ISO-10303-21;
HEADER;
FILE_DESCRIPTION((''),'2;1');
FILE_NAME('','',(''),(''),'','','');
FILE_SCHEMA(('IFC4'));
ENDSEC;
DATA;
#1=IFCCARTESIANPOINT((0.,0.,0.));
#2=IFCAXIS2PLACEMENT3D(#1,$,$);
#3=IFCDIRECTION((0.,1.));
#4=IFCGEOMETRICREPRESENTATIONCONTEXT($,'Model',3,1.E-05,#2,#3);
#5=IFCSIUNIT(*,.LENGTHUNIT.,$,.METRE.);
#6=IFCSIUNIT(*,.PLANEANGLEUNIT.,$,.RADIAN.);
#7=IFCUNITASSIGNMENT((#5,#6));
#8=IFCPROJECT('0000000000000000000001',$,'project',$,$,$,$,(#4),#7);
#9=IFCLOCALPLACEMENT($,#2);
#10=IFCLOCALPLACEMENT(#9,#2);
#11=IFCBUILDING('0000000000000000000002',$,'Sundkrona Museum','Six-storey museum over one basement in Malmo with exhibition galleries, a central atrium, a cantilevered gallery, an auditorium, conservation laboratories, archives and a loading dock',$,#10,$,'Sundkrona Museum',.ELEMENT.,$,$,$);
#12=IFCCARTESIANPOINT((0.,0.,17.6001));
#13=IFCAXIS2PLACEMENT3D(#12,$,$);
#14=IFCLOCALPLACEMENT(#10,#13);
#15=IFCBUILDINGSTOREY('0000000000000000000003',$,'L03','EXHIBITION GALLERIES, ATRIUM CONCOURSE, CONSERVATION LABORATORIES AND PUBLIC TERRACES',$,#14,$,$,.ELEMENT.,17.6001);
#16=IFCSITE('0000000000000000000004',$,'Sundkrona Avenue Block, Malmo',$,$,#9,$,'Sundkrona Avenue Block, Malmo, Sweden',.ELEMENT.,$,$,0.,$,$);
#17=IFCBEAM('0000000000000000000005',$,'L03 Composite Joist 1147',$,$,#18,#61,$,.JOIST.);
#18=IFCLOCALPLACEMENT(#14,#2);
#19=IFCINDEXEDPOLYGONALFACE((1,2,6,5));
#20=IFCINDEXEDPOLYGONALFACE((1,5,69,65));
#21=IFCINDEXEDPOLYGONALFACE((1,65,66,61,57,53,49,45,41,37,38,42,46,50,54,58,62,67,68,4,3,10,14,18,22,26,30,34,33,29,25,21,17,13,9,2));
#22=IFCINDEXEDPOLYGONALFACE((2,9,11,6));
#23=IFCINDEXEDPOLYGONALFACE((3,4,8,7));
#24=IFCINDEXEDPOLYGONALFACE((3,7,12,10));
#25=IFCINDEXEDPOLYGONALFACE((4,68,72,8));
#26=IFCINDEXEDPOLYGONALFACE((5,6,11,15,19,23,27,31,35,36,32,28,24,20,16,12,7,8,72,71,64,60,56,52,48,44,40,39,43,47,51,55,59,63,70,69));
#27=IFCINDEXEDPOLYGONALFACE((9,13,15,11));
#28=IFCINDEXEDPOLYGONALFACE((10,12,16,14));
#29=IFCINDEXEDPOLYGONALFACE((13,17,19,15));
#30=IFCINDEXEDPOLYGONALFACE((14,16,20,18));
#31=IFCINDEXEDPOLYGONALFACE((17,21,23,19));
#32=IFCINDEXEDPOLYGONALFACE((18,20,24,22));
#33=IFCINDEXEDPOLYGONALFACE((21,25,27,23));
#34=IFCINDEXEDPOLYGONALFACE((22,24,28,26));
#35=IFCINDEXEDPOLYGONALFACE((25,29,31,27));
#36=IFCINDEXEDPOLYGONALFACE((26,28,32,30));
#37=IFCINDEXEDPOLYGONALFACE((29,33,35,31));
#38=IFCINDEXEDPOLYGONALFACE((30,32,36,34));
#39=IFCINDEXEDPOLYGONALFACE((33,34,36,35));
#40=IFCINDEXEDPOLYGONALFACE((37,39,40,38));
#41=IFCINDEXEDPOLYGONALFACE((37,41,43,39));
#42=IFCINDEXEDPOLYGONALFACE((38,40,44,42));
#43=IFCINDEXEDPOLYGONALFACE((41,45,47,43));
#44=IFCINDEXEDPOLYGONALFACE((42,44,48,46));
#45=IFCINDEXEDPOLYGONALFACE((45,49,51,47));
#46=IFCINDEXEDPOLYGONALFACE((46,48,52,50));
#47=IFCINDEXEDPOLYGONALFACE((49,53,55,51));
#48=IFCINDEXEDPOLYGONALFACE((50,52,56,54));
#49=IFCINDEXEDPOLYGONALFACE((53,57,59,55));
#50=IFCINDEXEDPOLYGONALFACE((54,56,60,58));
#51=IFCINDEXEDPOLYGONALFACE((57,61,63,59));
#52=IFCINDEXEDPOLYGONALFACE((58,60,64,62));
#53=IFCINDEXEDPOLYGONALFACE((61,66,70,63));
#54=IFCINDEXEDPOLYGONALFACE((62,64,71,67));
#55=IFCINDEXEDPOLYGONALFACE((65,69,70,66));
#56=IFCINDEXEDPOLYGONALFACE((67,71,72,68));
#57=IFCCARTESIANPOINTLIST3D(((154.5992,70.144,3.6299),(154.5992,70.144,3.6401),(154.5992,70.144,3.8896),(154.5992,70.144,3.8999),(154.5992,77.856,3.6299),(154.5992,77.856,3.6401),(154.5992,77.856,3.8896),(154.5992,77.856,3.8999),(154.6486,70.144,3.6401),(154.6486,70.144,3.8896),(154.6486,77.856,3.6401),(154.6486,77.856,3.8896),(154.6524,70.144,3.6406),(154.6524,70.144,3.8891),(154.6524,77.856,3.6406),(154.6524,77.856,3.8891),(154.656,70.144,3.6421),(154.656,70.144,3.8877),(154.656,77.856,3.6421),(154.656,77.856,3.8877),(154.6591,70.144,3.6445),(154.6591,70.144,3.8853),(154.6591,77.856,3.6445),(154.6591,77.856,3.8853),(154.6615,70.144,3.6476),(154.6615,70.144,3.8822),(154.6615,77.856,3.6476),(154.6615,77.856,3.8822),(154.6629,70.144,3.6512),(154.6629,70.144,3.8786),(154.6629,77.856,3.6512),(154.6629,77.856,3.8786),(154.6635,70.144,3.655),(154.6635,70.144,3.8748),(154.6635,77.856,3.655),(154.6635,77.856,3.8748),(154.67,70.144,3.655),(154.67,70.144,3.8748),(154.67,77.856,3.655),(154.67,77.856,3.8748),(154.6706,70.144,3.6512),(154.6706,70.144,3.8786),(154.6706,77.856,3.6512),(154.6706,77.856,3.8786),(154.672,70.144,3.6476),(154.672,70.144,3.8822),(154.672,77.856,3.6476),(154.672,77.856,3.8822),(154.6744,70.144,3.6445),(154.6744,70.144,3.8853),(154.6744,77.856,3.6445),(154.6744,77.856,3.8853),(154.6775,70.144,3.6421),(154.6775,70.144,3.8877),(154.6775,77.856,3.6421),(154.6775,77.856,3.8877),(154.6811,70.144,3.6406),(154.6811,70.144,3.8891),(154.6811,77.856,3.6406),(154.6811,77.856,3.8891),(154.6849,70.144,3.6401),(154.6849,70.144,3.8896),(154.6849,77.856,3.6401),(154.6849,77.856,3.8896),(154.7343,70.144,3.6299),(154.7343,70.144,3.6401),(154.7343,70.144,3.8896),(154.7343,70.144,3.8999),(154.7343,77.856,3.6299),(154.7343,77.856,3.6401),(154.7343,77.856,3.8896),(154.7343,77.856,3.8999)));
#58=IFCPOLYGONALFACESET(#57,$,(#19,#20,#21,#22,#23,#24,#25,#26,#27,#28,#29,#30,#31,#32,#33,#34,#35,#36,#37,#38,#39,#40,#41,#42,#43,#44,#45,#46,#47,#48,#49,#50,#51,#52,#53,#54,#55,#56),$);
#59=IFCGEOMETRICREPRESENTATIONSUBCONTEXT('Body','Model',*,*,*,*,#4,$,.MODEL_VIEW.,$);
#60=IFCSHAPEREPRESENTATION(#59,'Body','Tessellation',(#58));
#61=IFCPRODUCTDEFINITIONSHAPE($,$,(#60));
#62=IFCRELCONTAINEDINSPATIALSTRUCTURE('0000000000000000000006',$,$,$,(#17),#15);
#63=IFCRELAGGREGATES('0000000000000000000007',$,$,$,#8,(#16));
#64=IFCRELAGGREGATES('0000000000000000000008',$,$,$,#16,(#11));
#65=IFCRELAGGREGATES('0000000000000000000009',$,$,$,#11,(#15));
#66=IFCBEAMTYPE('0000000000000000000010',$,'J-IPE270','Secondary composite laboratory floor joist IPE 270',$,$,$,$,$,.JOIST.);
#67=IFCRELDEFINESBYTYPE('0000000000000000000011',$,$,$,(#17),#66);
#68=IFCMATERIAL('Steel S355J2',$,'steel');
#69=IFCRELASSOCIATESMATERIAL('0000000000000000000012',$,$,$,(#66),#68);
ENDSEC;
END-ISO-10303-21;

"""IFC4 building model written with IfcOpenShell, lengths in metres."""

from ifc_helpers import new_model, si_unit, direction, frame, origin, origin_2d, place, context, subcontext, project, spatial, i_section, extrude, material, material_profile, profile_set, type_object, element, save


model = new_model("IFC4")

# Units and contexts
model_context = context("Model", 3, precision=1e-05, world=origin(), true_north=direction((0.0, 1.0)))
body_context = subcontext(model_context, "Body", "Model", "MODEL_VIEW")
ifc_project = project(units=[si_unit("LENGTHUNIT", "METRE"), si_unit("PLANEANGLEUNIT", "RADIAN")], contexts=[model_context])

# Site, building, storey
site_placement = place(None, origin())
site = spatial("IfcSite", under=ifc_project, at=site_placement, Name="Sundkrona Avenue Block, Malmo", LongName="Sundkrona Avenue Block, Malmo, Sweden", CompositionType="ELEMENT", RefElevation=0.0)
building_placement = place(site_placement, origin())
building = spatial("IfcBuilding", under=site, at=building_placement, Name="Sundkrona Museum", Description="Six-storey museum over one basement in Malmo with exhibition galleries, a central atrium, a cantilevered gallery, an auditorium, conservation laboratories, archives and a loading dock", LongName="Sundkrona Museum", CompositionType="ELEMENT")
storey_placement = place(building_placement, frame((0.0, 0.0, 17.6001)))
storey = spatial("IfcBuildingStorey", under=building, at=storey_placement, Name="L03", Description="EXHIBITION GALLERIES, ATRIUM CONCOURSE, CONSERVATION LABORATORIES AND PUBLIC TERRACES", CompositionType="ELEMENT", Elevation=17.6001)

# Shared definitions
ifc_material = material(Name="Steel S355J2", Category="steel")

# Beam
ifc_material_profile_1 = material_profile(ifc_material, i_section(OverallWidth=0.135, OverallDepth=0.27, WebThickness=0.0066, FlangeThickness=0.0103, FilletRadius=0.0149, at=origin_2d()), Name="IPE 270")
ifc_profile_set_1 = profile_set([ifc_material_profile_1], Name="Steel S355J2")
beam_type_1 = type_object("IfcBeamType", Name="J-IPE270", Description="Secondary composite laboratory floor joist IPE 270", PredefinedType="JOIST", material=ifc_profile_set_1)
for number, where, z_axis, x_axis, name in (
    (1, (154.6667, 70.144, 3.7649), (0.0, 1.0, 0.0), (-1.0, 0.0, 0.0), "L03 Composite Joist 1147"),
):
    element("IfcBeam", number, at=place(storey_placement, frame(where, z_axis=z_axis, x_axis=x_axis)), inside=storey, type_object=beam_type_1, Name=name, PredefinedType="JOIST", context=body_context, shape_type="SweptSolid", body=[
        extrude(i_section(OverallWidth=0.135, OverallDepth=0.27, WebThickness=0.0066, FlangeThickness=0.0103, FilletRadius=0.0149, at=origin_2d()), origin(), (0.0, 0.0, 1.0), 7.7119),
    ])

save(model, "model.ifc")
